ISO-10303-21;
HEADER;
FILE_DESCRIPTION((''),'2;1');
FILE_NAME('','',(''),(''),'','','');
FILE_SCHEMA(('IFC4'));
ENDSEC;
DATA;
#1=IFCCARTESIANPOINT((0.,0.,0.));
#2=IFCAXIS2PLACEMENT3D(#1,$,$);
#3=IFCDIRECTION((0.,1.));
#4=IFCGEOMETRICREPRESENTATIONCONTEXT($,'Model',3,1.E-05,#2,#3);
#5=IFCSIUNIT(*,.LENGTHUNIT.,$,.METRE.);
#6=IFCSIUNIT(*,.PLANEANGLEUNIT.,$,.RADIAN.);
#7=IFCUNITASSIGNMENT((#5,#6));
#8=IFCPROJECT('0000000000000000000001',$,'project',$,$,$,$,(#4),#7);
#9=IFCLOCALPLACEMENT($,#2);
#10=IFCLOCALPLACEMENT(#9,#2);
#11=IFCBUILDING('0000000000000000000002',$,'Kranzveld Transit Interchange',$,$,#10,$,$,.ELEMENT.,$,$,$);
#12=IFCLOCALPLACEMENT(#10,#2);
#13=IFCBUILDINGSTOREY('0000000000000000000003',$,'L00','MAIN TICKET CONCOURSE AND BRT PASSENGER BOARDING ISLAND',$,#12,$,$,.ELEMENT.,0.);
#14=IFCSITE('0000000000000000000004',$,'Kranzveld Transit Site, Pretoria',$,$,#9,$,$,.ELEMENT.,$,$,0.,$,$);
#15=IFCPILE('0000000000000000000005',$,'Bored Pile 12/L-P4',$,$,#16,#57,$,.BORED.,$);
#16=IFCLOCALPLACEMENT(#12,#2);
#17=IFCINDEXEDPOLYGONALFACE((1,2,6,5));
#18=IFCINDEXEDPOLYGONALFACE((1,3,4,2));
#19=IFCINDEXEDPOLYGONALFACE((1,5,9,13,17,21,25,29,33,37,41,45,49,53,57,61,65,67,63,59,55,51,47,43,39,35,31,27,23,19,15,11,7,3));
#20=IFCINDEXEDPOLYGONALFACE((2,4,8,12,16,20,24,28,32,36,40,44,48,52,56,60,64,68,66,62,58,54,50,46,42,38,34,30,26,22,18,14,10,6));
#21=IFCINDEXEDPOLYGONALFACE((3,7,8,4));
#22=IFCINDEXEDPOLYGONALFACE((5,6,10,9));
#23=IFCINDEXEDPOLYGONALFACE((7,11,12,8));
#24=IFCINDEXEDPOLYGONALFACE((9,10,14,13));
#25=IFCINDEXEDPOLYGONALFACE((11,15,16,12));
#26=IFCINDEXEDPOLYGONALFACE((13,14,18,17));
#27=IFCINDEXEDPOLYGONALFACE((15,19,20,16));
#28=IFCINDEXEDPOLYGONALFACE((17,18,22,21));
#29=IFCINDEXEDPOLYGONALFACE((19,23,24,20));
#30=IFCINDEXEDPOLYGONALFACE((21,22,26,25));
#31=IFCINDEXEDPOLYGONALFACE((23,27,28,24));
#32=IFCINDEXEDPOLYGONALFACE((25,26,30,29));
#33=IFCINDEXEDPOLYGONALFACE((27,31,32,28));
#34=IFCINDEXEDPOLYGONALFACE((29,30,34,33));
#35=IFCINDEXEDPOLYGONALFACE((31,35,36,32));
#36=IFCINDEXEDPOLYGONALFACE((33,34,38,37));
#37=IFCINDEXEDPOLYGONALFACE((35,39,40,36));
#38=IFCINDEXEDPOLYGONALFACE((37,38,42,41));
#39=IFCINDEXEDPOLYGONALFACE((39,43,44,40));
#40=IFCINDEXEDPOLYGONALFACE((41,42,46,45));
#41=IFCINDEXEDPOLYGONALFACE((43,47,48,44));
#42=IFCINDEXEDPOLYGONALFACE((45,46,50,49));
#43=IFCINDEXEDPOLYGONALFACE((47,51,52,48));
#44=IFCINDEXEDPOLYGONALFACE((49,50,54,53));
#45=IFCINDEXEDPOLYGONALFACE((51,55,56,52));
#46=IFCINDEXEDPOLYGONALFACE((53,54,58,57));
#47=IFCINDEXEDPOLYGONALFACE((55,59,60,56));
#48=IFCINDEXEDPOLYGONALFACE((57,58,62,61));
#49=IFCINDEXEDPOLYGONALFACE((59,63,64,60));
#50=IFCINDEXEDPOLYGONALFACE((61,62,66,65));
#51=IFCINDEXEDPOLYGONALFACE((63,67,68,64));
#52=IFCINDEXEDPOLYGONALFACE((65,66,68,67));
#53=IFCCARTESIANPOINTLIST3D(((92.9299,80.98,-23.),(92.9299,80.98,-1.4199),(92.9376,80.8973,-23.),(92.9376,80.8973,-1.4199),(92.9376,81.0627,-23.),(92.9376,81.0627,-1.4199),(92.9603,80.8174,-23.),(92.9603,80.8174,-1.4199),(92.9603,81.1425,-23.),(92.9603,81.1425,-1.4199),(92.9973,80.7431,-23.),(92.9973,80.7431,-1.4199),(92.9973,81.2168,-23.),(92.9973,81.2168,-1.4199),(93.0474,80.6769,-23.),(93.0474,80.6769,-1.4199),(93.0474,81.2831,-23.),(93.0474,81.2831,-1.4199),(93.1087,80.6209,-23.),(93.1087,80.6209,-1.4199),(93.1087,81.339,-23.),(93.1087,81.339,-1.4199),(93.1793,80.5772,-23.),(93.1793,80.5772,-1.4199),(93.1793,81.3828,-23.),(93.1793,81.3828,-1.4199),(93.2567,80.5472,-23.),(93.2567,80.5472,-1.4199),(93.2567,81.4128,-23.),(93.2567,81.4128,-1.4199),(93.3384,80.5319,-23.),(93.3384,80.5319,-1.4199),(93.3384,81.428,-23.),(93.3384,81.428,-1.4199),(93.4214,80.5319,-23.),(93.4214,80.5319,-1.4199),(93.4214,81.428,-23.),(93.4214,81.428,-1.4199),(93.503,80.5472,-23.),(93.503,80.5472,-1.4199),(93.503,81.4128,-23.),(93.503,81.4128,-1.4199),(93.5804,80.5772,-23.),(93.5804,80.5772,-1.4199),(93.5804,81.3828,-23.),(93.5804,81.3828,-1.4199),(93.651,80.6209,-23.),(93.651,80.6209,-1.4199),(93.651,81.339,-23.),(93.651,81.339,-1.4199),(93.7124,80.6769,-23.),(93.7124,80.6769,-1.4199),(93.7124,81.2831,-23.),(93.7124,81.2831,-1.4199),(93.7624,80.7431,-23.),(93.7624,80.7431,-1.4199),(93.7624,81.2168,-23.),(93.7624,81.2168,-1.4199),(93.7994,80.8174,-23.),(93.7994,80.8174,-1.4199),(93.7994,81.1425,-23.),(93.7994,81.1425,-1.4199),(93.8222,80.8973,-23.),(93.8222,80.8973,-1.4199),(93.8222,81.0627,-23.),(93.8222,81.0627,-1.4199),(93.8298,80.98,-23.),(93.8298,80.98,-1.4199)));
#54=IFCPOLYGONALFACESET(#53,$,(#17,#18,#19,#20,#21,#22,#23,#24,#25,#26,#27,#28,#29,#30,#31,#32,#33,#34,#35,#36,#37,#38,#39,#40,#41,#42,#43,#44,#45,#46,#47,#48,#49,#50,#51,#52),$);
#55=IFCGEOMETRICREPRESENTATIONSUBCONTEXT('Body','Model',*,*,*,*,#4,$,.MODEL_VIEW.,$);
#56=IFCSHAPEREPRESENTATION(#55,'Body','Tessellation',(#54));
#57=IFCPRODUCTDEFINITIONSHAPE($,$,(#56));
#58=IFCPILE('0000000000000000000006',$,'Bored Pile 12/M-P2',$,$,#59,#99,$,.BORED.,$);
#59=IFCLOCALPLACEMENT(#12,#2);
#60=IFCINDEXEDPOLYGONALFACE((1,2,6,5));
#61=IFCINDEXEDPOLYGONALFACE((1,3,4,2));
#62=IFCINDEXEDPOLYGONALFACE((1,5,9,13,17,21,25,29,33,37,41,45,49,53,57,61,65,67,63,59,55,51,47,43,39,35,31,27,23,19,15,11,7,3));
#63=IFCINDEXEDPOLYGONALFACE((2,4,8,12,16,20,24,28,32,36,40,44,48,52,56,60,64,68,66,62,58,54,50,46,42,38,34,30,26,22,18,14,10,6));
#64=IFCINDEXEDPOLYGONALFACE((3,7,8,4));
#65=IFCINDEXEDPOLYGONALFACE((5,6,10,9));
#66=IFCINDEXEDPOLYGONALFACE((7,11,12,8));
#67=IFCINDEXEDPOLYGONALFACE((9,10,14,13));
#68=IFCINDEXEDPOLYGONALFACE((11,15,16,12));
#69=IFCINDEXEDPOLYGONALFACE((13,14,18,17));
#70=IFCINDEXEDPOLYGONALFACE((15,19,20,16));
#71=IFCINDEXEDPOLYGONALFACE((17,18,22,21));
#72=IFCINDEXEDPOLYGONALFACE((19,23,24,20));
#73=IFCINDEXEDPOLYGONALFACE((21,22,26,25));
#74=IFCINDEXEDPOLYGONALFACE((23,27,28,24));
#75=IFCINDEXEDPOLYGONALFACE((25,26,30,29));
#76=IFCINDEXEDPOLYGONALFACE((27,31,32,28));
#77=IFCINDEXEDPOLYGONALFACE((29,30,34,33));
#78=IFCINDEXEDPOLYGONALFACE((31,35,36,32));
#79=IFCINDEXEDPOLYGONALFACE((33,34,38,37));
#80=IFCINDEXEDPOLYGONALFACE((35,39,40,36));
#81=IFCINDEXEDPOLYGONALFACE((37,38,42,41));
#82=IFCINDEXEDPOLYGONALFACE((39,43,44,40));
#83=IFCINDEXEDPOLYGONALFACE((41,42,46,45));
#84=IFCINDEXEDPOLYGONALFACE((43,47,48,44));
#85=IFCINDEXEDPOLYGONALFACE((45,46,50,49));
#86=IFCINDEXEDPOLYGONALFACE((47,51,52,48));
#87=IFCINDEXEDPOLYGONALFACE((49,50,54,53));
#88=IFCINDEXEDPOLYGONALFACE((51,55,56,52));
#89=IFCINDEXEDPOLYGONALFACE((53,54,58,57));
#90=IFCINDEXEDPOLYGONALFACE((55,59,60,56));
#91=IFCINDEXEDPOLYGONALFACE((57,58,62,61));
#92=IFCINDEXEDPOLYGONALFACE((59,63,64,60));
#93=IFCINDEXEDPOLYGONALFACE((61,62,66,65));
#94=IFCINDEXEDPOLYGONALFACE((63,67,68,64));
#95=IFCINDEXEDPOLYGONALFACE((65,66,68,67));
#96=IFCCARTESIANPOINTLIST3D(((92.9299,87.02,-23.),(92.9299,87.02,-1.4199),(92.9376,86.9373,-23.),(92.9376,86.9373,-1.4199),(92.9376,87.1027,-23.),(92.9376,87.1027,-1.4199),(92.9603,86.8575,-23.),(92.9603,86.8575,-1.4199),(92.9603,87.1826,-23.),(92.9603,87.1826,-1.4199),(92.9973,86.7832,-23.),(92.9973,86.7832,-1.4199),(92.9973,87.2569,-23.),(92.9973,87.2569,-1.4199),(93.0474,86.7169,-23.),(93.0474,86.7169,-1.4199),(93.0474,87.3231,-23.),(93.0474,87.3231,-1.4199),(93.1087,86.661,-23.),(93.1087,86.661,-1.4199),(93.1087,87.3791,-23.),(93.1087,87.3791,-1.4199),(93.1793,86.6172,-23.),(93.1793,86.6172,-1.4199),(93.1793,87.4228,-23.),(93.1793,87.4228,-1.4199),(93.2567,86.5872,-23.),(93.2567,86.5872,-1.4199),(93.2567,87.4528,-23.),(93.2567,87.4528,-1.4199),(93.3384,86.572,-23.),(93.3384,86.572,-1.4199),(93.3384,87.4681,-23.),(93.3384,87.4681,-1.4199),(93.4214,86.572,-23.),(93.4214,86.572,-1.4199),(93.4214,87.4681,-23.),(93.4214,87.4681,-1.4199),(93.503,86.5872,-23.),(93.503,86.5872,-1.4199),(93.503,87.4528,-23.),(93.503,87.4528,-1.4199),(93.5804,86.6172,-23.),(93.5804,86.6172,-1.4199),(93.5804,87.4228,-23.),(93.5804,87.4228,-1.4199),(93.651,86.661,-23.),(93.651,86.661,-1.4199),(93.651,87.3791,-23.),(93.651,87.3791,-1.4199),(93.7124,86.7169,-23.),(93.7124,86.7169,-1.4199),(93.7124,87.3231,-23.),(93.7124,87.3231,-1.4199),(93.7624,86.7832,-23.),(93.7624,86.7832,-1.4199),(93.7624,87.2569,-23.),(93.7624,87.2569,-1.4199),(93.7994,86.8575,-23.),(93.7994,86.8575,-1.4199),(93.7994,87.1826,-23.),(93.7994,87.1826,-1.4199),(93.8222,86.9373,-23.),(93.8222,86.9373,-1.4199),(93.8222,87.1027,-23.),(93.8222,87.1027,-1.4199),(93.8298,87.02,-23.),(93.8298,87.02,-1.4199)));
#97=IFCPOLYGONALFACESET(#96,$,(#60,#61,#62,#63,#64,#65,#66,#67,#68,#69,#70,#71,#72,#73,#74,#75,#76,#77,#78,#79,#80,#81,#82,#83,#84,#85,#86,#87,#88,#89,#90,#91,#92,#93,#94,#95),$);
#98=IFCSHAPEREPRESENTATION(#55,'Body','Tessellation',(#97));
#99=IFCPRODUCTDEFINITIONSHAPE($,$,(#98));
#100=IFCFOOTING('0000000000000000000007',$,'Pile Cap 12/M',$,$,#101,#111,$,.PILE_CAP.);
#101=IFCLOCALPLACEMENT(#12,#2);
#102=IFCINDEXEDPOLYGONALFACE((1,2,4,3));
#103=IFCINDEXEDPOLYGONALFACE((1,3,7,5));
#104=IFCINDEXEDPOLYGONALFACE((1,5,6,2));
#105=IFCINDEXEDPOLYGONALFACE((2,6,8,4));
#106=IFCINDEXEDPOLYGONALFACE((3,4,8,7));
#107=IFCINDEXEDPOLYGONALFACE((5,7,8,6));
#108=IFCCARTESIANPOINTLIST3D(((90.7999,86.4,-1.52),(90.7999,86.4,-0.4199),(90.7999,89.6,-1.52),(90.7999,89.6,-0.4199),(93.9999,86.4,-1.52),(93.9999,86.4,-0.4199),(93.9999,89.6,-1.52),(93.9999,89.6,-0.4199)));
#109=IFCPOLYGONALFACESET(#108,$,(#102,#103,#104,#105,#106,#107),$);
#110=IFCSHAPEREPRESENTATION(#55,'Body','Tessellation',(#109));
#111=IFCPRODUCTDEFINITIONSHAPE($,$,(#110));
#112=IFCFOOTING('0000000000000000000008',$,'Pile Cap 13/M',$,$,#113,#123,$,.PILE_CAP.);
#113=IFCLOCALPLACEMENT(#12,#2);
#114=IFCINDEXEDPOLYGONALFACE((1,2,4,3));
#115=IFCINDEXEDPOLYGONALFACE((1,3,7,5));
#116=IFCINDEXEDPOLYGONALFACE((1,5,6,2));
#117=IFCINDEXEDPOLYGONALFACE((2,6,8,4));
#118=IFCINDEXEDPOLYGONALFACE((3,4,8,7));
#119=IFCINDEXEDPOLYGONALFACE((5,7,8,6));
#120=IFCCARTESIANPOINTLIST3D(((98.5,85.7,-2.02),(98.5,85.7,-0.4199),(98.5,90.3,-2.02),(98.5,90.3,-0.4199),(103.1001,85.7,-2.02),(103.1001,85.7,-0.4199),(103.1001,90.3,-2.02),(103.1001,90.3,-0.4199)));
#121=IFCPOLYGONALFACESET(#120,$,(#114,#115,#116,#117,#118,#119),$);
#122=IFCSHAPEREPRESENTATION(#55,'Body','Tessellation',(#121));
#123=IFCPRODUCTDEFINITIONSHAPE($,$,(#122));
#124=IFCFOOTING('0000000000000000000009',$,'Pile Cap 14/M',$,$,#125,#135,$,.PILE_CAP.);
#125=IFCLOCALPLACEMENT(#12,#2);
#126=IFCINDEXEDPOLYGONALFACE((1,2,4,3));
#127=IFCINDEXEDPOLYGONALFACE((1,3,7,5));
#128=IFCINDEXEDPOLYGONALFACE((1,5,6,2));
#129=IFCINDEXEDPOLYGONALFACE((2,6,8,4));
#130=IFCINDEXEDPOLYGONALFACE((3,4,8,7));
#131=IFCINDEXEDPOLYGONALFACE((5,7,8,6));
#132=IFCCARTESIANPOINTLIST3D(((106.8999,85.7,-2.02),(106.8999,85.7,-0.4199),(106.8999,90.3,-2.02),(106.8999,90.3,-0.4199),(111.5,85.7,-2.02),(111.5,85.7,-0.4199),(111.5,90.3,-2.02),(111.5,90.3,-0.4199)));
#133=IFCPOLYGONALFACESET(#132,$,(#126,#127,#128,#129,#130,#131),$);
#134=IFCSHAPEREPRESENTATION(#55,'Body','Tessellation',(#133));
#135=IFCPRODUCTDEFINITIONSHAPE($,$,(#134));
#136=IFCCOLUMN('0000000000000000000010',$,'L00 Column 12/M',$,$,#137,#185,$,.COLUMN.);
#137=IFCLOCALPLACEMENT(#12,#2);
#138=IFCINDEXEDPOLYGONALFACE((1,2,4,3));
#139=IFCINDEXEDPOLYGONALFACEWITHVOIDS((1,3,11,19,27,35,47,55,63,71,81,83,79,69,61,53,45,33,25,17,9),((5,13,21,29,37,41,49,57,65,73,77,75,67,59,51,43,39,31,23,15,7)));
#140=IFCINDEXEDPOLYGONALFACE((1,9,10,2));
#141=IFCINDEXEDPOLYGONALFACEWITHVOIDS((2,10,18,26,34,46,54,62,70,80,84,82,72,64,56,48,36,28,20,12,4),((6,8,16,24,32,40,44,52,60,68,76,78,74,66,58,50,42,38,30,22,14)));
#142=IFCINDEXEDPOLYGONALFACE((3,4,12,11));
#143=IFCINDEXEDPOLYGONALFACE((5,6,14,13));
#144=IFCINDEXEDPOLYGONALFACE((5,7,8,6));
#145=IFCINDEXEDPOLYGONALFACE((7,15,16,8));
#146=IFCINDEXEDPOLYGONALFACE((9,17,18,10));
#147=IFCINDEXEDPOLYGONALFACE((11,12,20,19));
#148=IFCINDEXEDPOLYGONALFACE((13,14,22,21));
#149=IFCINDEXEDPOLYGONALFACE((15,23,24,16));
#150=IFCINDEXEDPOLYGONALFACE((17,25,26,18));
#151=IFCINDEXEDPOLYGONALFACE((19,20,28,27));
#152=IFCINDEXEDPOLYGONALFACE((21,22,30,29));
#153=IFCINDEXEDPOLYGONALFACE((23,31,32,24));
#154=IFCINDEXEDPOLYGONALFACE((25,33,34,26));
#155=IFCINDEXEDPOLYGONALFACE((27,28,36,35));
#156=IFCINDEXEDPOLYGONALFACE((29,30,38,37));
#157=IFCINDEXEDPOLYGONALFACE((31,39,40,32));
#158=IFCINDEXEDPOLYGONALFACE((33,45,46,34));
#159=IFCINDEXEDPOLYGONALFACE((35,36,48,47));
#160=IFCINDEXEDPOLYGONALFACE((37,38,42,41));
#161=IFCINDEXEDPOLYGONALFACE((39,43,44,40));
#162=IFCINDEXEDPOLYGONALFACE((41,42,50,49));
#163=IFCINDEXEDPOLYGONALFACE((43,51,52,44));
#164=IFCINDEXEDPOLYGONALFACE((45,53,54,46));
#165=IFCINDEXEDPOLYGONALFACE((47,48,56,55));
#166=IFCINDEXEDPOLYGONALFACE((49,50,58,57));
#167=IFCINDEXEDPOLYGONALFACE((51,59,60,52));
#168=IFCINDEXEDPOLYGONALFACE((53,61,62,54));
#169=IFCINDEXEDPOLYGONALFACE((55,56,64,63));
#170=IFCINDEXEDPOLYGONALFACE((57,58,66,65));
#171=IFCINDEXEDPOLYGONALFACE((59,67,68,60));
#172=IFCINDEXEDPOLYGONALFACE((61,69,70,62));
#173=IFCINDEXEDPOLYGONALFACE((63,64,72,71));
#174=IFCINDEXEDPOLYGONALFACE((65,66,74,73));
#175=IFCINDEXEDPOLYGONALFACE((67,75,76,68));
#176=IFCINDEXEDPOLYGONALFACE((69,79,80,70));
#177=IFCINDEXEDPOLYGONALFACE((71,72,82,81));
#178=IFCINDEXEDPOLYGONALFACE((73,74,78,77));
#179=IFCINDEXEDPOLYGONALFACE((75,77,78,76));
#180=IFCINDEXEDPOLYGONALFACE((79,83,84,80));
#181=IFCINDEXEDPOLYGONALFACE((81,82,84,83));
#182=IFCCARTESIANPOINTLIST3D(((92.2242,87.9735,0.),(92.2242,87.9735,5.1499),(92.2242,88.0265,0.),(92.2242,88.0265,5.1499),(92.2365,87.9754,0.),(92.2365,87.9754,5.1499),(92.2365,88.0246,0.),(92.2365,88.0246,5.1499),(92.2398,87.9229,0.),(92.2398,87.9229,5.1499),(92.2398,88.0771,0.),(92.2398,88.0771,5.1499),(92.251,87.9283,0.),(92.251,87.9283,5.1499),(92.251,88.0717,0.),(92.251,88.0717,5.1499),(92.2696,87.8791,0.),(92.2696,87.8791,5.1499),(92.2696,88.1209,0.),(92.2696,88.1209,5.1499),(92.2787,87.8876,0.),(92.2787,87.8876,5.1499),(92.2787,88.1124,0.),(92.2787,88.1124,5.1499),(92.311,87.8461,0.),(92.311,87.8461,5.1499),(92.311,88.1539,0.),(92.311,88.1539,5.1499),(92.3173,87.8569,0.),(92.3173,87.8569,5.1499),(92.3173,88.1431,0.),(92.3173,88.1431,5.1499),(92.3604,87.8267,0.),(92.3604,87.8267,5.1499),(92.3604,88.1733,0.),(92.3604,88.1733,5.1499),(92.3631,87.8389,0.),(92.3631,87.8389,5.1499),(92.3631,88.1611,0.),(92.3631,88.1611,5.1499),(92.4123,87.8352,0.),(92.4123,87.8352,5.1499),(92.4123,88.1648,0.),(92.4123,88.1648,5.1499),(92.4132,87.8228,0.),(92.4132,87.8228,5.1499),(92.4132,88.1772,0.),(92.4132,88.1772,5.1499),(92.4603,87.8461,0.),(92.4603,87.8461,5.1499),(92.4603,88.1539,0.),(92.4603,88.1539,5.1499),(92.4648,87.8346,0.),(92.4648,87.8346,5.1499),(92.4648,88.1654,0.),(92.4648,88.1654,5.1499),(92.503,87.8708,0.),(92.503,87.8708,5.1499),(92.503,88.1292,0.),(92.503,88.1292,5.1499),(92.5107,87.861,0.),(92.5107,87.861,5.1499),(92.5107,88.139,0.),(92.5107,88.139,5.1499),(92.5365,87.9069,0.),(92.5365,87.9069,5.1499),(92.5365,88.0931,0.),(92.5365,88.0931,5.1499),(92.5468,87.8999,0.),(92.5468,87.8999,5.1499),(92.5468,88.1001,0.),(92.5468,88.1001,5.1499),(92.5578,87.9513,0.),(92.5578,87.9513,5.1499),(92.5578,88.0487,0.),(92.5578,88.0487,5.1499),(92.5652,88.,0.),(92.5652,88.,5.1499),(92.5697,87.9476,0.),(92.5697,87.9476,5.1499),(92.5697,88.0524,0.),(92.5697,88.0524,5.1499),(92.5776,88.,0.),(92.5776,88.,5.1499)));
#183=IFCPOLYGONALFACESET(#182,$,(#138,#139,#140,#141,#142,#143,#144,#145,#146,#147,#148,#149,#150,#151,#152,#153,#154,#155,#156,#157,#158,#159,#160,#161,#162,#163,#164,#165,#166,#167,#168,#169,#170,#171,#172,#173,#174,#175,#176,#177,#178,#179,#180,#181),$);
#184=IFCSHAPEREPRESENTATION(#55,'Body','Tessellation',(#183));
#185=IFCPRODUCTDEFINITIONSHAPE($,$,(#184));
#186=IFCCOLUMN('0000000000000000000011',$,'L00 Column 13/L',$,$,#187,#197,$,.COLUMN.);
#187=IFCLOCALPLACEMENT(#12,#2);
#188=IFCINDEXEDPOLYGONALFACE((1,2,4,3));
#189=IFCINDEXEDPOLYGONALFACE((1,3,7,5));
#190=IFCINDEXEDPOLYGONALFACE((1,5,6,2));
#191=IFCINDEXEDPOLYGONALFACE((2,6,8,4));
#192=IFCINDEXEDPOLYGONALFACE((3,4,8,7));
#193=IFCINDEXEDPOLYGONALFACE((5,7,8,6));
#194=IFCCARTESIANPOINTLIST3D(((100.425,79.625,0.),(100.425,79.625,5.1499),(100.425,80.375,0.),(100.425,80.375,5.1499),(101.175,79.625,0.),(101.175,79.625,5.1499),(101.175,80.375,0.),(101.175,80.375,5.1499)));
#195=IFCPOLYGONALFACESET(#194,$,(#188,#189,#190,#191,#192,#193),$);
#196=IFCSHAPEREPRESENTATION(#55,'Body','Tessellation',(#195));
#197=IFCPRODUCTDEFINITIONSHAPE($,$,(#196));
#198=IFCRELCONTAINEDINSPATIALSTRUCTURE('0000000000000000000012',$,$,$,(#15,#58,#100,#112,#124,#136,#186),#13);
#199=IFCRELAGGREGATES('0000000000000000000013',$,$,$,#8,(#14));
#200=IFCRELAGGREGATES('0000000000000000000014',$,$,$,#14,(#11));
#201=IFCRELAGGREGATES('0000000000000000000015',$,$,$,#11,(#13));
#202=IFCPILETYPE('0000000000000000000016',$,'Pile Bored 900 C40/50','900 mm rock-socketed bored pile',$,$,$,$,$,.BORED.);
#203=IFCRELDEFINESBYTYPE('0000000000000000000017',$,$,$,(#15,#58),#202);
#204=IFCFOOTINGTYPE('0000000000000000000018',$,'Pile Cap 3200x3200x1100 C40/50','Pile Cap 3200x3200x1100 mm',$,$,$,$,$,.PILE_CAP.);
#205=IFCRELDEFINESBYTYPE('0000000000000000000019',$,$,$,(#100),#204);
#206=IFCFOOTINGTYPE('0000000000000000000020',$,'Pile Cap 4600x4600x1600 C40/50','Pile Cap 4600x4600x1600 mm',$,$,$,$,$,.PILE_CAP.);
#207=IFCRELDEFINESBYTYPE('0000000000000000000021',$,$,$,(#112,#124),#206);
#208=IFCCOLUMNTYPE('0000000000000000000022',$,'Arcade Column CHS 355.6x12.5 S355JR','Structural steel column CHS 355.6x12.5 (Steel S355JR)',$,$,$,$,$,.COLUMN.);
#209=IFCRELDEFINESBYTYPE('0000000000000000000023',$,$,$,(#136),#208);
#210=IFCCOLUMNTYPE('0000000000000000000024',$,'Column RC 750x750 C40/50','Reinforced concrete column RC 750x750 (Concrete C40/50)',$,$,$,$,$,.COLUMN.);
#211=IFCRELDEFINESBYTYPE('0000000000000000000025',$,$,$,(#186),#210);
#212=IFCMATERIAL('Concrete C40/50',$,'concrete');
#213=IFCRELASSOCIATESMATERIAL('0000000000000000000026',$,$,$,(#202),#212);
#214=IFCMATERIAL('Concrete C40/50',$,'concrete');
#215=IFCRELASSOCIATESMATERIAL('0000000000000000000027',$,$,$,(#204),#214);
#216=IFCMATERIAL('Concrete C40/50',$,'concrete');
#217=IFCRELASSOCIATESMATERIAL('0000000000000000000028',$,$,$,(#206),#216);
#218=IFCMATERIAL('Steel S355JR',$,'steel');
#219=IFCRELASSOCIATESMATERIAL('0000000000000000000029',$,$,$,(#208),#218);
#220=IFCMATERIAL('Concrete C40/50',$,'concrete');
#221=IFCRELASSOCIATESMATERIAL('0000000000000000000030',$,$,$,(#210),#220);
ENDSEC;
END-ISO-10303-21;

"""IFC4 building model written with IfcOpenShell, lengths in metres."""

from ifc_helpers import new_model, si_unit, direction, frame, origin, origin_2d, place, context, subcontext, project, spatial, rectangle, circle, hollow_circle, extrude, material, material_profile, profile_set, type_object, element, save


model = new_model("IFC4")

# Units and contexts
model_context = context("Model", 3, precision=1e-05, world=origin(), true_north=direction((0.0, 1.0)))
body_context = subcontext(model_context, "Body", "Model", "MODEL_VIEW")
ifc_project = project(units=[si_unit("LENGTHUNIT", "METRE"), si_unit("PLANEANGLEUNIT", "RADIAN")], contexts=[model_context])

# Site, building, storey
site_placement = place(None, origin())
site = spatial("IfcSite", under=ifc_project, at=site_placement, Name="Kranzveld Transit Site, Pretoria", CompositionType="ELEMENT", RefElevation=0.0)
building_placement = place(site_placement, origin())
building = spatial("IfcBuilding", under=site, at=building_placement, Name="Kranzveld Transit Interchange", CompositionType="ELEMENT")
storey_placement = place(building_placement, origin())
storey = spatial("IfcBuildingStorey", under=building, at=storey_placement, Name="L00", Description="MAIN TICKET CONCOURSE AND BRT PASSENGER BOARDING ISLAND", CompositionType="ELEMENT", Elevation=0.0)

# Piles
ifc_material_1 = material(Name="Concrete C40/50", Category="concrete")
ifc_material_profile_1 = material_profile(ifc_material_1, circle(Radius=0.45, at=origin_2d()), Name="BORED PILE 900")
ifc_profile_set_1 = profile_set([ifc_material_profile_1], Name="Concrete C40/50")
pile_type_1 = type_object("IfcPileType", Name="Pile Bored 900 C40/50", Description="900 mm rock-socketed bored pile", PredefinedType="BORED", material=ifc_profile_set_1)
for number, where, z_axis, x_axis, name in (
    (1, (93.3799, 80.98, -1.4199), (0.0, 0.0, -1.0), (1.0, 0.0, 0.0), "Bored Pile 12/L-P4"),
    (2, (93.3799, 87.02, -1.4199), (0.0, 0.0, -1.0), (1.0, 0.0, 0.0), "Bored Pile 12/M-P2"),
):
    element("IfcPile", number, at=place(storey_placement, frame(where, z_axis=z_axis, x_axis=x_axis)), inside=storey, type_object=pile_type_1, Name=name, PredefinedType="BORED", context=body_context, shape_type="SweptSolid", body=[
        extrude(circle(Radius=0.45, at=origin_2d()), origin(), (0.0, 0.0, 1.0), 21.5801),
    ])

# Footings
ifc_material_2 = material(Name="Concrete C40/50", Category="concrete")
footing_type_1 = type_object("IfcFootingType", Name="Pile Cap 3200x3200x1100 C40/50", Description="Pile Cap 3200x3200x1100 mm", PredefinedType="PILE_CAP", material=ifc_material_2)
footing_1_placement = place(storey_placement, frame((92.3999, 88.0, -1.52), z_axis=(0.0, 0.0, 1.0), x_axis=(1.0, 0.0, 0.0)))
element("IfcFooting", 3, at=footing_1_placement, inside=storey, type_object=footing_type_1, Name="Pile Cap 12/M", PredefinedType="PILE_CAP", context=body_context, shape_type="SweptSolid", body=[
    extrude(rectangle(XDim=3.2, YDim=3.2, at=origin_2d()), origin(), (0.0, 0.0, 1.0), 1.1001),
])
ifc_material_3 = material(Name="Concrete C40/50", Category="concrete")
footing_type_2 = type_object("IfcFootingType", Name="Pile Cap 4600x4600x1600 C40/50", Description="Pile Cap 4600x4600x1600 mm", PredefinedType="PILE_CAP", material=ifc_material_3)
for number, where, z_axis, x_axis, name in (
    (4, (100.8, 88.0, -2.02), (0.0, 0.0, 1.0), (1.0, 0.0, 0.0), "Pile Cap 13/M"),
    (5, (109.2, 88.0, -2.02), (0.0, 0.0, 1.0), (1.0, 0.0, 0.0), "Pile Cap 14/M"),
):
    element("IfcFooting", number, at=place(storey_placement, frame(where, z_axis=z_axis, x_axis=x_axis)), inside=storey, type_object=footing_type_2, Name=name, PredefinedType="PILE_CAP", context=body_context, shape_type="SweptSolid", body=[
        extrude(rectangle(XDim=4.6001, YDim=4.6001, at=origin_2d()), origin(), (0.0, 0.0, 1.0), 1.6001),
    ])

# Columns
ifc_material_4 = material(Name="Steel S355JR", Category="steel")
ifc_material_profile_2 = material_profile(ifc_material_4, hollow_circle(Radius=0.1777, WallThickness=0.0125, at=origin_2d()), Name="CHS 355.6x12.5")
ifc_profile_set_2 = profile_set([ifc_material_profile_2], Name="Steel S355JR")
column_type_1 = type_object("IfcColumnType", Name="Arcade Column CHS 355.6x12.5 S355JR", Description="Structural steel column CHS 355.6x12.5 (Steel S355JR)", PredefinedType="COLUMN", material=ifc_profile_set_2)
column_placement = place(storey_placement, frame((92.3999, 88.0, 0.0), z_axis=(0.0, 0.0, 1.0), x_axis=(1.0, 0.0, 0.0)))
element("IfcColumn", 6, at=column_placement, inside=storey, type_object=column_type_1, Name="L00 Column 12/M", PredefinedType="COLUMN", context=body_context, shape_type="SweptSolid", body=[
    extrude(hollow_circle(Radius=0.1777, WallThickness=0.0125, at=origin_2d()), origin(), (0.0, 0.0, 1.0), 5.1499),
])
ifc_material_5 = material(Name="Concrete C40/50", Category="concrete")
ifc_material_profile_3 = material_profile(ifc_material_5, rectangle(XDim=0.75, YDim=0.75, at=origin_2d()), Name="RC 750x750")
ifc_profile_set_3 = profile_set([ifc_material_profile_3], Name="Concrete C40/50")
column_type_2 = type_object("IfcColumnType", Name="Column RC 750x750 C40/50", Description="Reinforced concrete column RC 750x750 (Concrete C40/50)", PredefinedType="COLUMN", material=ifc_profile_set_3)
for number, where, z_axis, x_axis, name in (
    (7, (100.8, 80.0, 0.0), (0.0, 0.0, 1.0), (1.0, 0.0, 0.0), "L00 Column 13/L"),
):
    element("IfcColumn", number, at=place(storey_placement, frame(where, z_axis=z_axis, x_axis=x_axis)), inside=storey, type_object=column_type_2, Name=name, PredefinedType="COLUMN", context=body_context, shape_type="SweptSolid", body=[
        extrude(rectangle(XDim=0.75, YDim=0.75, at=origin_2d()), origin(), (0.0, 0.0, 1.0), 5.1499),
    ])

save(model, "model.ifc")
